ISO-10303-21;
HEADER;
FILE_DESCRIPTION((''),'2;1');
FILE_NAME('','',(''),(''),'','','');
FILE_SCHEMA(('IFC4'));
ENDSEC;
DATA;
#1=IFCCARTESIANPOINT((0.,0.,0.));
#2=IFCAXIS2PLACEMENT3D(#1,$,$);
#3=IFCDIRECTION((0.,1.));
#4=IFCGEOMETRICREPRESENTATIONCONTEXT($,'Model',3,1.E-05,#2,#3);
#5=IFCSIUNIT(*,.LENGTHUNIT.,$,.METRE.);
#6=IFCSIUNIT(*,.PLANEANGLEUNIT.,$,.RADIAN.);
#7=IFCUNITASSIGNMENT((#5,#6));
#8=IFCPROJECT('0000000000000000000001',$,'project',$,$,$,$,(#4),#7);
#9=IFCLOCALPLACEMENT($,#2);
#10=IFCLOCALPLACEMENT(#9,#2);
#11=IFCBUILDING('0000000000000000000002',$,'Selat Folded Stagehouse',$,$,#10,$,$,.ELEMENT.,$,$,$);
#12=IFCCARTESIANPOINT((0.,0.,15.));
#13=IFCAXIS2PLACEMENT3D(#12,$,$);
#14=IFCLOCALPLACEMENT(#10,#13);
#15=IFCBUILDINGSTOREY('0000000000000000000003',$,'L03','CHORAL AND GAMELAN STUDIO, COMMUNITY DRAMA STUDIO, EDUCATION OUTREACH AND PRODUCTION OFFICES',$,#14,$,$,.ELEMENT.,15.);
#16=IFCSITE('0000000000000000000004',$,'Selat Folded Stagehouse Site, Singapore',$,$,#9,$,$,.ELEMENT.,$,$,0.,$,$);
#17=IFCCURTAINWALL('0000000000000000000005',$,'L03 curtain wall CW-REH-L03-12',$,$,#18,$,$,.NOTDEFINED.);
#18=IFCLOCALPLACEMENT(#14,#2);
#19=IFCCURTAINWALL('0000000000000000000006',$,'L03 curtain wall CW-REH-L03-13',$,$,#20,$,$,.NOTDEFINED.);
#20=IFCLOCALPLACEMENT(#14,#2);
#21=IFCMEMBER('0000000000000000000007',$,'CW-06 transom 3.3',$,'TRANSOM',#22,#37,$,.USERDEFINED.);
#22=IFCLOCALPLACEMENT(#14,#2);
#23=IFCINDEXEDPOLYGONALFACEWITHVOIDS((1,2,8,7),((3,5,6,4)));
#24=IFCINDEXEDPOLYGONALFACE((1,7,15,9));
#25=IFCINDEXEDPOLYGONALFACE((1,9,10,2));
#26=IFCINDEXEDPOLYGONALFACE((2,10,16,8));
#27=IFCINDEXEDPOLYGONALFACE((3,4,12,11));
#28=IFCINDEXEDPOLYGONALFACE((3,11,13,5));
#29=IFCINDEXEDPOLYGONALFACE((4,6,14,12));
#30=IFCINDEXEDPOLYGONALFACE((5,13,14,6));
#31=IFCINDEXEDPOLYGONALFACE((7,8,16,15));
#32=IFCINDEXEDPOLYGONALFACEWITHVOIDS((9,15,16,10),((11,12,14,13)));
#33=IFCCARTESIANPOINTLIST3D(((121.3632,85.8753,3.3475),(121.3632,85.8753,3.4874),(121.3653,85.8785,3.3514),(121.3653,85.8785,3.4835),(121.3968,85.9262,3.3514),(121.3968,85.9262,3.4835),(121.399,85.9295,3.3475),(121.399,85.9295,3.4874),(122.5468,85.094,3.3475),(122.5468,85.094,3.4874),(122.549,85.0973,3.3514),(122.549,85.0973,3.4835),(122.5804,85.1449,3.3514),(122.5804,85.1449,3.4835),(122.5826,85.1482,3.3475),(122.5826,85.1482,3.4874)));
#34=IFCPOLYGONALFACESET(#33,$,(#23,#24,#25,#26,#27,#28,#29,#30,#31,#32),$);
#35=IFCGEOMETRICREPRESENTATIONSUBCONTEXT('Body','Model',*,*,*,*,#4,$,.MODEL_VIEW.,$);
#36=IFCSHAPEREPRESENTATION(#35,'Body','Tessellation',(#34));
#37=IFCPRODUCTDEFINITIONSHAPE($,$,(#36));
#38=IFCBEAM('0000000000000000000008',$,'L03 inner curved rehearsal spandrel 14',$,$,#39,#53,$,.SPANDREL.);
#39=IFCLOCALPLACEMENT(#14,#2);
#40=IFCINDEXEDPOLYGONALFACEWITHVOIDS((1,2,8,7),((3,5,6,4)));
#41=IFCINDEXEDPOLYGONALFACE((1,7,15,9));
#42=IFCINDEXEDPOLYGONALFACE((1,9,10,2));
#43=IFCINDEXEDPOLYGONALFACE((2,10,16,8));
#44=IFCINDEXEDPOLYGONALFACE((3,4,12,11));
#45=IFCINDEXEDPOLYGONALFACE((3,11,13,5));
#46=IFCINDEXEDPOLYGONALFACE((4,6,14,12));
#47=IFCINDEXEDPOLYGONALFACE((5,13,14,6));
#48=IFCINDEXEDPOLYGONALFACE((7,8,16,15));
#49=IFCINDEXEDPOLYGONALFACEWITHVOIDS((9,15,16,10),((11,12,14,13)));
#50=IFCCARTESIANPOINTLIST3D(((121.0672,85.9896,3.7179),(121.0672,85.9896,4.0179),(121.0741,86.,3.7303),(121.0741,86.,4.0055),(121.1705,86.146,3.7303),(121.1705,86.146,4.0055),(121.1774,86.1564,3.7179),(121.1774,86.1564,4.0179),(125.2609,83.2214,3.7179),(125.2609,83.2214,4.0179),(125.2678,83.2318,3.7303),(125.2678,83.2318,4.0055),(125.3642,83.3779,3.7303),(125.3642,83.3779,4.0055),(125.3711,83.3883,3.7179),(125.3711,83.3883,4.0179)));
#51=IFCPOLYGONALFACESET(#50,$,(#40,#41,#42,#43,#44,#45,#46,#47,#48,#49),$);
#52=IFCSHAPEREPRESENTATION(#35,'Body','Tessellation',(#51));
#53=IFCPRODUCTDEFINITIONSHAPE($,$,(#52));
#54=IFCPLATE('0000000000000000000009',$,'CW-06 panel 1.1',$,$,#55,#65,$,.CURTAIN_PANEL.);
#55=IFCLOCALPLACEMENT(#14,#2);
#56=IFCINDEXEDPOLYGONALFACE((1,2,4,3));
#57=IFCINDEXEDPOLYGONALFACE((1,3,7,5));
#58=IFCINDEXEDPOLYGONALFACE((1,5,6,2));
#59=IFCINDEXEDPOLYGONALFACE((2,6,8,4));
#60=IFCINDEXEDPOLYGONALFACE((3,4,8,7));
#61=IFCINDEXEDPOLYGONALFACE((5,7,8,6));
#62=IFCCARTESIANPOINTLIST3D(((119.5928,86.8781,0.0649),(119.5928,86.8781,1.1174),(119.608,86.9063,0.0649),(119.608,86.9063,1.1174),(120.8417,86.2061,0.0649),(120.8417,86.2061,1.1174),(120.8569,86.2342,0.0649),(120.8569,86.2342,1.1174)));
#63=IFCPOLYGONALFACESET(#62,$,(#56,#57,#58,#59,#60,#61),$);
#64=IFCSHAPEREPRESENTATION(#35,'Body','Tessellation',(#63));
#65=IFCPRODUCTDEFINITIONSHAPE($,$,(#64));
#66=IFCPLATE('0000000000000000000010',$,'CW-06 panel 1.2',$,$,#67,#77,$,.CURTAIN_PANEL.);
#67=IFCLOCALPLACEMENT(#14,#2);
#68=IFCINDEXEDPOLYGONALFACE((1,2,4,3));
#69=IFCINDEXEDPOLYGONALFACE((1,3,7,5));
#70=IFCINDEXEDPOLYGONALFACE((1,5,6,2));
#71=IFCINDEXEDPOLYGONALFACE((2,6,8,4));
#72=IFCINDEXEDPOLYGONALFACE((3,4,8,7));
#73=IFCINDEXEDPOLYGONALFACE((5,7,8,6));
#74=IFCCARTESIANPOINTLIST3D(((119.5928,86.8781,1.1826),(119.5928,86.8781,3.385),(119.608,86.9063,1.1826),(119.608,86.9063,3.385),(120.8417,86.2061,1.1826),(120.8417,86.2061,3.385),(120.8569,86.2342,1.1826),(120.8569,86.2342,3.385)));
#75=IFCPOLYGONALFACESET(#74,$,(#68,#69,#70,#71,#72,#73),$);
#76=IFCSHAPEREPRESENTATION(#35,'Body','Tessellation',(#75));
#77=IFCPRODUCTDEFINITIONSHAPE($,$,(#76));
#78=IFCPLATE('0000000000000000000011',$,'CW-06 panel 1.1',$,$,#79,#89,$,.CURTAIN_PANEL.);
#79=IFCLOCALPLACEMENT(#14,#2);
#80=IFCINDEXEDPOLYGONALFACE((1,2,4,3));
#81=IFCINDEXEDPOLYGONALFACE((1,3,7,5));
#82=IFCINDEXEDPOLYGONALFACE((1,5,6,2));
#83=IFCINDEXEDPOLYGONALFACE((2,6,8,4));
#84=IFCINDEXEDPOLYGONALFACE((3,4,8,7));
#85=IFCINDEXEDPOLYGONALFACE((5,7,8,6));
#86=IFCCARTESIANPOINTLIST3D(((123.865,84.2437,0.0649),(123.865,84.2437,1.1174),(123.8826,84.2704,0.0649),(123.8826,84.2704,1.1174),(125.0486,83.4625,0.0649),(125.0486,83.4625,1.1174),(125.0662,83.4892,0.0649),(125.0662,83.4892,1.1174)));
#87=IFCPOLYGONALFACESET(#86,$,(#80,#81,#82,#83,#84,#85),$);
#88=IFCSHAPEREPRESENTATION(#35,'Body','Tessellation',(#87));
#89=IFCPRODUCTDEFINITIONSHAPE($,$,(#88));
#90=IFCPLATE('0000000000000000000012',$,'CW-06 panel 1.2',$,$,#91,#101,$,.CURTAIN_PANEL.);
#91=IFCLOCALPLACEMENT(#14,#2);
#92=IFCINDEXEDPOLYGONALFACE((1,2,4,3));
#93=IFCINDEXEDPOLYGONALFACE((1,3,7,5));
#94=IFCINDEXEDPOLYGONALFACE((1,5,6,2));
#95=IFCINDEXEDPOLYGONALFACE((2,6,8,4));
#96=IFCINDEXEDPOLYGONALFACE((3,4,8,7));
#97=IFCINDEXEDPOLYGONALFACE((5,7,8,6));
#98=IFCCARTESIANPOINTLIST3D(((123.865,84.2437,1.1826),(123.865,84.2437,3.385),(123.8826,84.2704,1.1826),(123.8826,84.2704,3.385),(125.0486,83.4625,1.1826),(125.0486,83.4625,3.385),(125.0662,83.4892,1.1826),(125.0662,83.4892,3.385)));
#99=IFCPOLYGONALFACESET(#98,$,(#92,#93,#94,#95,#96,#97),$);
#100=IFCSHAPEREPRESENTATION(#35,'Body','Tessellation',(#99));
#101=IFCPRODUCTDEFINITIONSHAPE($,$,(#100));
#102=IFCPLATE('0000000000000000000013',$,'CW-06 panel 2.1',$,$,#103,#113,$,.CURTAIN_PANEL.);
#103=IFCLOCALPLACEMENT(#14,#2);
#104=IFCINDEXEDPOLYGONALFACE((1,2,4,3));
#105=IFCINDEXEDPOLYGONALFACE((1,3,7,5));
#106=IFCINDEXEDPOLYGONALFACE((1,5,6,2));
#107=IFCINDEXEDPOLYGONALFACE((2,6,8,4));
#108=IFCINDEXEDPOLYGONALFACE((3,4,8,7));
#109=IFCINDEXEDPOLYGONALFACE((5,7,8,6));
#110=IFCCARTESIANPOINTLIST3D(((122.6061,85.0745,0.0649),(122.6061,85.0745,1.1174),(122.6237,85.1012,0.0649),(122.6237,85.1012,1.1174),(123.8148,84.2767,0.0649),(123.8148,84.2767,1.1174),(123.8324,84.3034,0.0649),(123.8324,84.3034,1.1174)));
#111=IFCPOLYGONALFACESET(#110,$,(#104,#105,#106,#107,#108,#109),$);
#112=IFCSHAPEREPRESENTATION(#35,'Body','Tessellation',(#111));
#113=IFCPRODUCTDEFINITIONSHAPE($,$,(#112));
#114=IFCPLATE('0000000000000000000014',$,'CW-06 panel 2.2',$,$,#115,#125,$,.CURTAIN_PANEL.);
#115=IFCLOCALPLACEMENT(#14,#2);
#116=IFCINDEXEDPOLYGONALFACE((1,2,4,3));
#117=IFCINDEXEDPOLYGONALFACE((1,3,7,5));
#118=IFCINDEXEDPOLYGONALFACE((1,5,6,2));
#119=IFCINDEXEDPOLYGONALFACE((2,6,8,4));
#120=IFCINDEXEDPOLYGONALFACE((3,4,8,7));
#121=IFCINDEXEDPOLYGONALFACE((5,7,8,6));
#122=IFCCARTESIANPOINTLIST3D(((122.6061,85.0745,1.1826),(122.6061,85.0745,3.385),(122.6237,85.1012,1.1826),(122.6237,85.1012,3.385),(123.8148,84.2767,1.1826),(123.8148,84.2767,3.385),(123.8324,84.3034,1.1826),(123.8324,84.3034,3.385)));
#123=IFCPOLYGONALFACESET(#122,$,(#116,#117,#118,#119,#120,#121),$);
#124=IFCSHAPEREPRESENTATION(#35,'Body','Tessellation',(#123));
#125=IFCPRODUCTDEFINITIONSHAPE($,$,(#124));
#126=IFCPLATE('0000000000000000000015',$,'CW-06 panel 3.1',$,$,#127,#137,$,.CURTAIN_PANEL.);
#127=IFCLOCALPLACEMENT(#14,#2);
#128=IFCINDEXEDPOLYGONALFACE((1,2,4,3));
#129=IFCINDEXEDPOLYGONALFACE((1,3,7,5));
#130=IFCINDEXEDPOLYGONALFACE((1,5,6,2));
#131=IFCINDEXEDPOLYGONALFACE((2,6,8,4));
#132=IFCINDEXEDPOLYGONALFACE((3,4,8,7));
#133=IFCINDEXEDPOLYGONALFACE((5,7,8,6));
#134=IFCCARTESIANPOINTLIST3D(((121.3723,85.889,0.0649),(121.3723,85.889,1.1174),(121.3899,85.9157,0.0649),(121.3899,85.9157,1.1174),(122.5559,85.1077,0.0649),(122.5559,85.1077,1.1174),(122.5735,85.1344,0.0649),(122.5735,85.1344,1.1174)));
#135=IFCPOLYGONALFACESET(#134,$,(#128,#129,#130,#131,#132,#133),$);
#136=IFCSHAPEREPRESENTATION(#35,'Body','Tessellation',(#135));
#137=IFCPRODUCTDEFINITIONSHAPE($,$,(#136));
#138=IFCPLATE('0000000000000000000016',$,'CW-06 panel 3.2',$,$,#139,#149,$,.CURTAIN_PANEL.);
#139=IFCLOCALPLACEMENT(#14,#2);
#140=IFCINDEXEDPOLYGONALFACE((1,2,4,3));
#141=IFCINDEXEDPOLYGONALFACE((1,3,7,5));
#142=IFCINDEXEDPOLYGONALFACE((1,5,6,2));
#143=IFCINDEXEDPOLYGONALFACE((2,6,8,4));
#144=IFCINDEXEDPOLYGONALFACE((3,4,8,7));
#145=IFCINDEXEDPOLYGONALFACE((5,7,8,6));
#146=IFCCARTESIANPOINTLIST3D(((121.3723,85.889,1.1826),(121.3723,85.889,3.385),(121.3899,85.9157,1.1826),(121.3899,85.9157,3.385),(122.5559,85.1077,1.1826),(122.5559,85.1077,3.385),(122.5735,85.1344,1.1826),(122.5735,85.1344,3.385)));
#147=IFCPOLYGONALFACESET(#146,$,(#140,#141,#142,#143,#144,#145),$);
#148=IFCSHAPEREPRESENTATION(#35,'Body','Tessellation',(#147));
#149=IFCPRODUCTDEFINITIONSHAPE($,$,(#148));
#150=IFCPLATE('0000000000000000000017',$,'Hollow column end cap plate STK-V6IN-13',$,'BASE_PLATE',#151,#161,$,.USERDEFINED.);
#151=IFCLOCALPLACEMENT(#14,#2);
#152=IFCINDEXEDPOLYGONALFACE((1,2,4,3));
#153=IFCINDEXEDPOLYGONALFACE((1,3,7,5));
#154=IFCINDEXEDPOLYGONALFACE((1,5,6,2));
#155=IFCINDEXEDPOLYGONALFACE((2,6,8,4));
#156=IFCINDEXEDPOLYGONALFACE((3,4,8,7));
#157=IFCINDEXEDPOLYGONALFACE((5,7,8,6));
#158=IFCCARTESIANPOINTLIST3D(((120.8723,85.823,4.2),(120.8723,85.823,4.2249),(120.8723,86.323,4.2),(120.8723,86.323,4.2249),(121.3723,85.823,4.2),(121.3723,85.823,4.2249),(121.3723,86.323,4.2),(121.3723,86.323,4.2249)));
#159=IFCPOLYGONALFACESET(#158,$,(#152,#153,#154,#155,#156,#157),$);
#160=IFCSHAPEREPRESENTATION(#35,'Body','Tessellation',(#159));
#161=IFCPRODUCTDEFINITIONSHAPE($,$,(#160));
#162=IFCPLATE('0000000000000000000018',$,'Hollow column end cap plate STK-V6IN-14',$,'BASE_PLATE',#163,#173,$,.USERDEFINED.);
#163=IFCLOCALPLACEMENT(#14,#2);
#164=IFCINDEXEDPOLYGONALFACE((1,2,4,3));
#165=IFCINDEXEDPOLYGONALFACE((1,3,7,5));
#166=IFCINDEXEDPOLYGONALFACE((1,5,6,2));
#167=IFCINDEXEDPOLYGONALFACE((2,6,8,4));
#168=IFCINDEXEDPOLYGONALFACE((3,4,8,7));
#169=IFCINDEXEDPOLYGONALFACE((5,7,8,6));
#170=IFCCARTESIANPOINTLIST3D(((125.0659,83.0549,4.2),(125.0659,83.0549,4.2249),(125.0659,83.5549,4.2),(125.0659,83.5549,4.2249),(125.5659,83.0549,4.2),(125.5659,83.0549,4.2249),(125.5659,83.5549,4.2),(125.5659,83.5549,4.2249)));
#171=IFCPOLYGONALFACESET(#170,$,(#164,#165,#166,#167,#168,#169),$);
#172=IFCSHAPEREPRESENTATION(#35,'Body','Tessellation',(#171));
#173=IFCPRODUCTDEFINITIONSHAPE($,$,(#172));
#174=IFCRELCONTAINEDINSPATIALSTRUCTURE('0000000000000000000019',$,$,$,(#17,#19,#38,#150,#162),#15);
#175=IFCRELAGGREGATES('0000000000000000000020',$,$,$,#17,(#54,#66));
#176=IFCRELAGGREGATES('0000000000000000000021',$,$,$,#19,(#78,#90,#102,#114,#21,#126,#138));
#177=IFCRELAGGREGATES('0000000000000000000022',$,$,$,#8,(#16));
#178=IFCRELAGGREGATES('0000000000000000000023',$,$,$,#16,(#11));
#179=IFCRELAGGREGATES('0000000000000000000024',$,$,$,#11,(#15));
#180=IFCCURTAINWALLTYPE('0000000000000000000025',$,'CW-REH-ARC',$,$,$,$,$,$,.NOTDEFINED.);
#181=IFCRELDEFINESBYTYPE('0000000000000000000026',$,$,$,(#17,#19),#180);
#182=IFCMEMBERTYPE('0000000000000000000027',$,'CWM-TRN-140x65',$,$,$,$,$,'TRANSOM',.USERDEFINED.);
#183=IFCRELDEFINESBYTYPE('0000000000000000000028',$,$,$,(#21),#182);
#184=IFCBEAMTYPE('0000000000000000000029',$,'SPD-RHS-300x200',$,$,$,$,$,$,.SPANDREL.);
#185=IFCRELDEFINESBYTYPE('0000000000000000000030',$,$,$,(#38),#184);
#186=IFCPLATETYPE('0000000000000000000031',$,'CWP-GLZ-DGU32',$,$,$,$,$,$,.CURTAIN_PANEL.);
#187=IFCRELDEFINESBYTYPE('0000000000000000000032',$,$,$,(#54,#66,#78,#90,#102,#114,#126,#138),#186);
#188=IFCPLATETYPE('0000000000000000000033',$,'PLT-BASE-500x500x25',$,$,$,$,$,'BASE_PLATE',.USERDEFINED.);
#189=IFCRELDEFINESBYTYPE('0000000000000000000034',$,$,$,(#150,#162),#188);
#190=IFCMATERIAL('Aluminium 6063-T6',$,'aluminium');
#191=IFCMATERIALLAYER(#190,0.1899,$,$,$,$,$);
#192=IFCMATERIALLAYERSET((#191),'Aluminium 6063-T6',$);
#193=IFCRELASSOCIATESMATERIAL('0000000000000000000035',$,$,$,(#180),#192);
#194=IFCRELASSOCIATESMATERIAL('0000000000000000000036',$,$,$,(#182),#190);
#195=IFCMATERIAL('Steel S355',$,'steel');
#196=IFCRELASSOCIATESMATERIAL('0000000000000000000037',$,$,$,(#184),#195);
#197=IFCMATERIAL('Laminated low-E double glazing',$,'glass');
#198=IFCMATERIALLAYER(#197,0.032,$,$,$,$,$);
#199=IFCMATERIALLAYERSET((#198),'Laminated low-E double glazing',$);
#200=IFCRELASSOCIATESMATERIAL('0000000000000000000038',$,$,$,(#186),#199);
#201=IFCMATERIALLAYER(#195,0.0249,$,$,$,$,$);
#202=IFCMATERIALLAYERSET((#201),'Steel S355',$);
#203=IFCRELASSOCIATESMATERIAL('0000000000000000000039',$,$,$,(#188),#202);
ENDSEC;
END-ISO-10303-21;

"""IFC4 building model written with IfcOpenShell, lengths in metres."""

from ifc_helpers import new_model, si_unit, direction, frame, origin, origin_2d, place, context, subcontext, project, spatial, rectangle, hollow_rectangle, extrude, material, layer, layer_set, material_profile, profile_set, type_object, element, aggregate, save


model = new_model("IFC4")

# Units and contexts
model_context = context("Model", 3, precision=1e-05, world=origin(), true_north=direction((0.0, 1.0)))
body_context = subcontext(model_context, "Body", "Model", "MODEL_VIEW")
ifc_project = project(units=[si_unit("LENGTHUNIT", "METRE"), si_unit("PLANEANGLEUNIT", "RADIAN")], contexts=[model_context])

# Site, building, storey
site_placement = place(None, origin())
site = spatial("IfcSite", under=ifc_project, at=site_placement, Name="Selat Folded Stagehouse Site, Singapore", CompositionType="ELEMENT", RefElevation=0.0)
building_placement = place(site_placement, origin())
building = spatial("IfcBuilding", under=site, at=building_placement, Name="Selat Folded Stagehouse", CompositionType="ELEMENT")
storey_placement = place(building_placement, frame((0.0, 0.0, 15.0)))
storey = spatial("IfcBuildingStorey", under=building, at=storey_placement, Name="L03", Description="CHORAL AND GAMELAN STUDIO, COMMUNITY DRAMA STUDIO, EDUCATION OUTREACH AND PRODUCTION OFFICES", CompositionType="ELEMENT", Elevation=15.0)

# Shared definitions
ifc_material_1 = material(Name="Steel S355", Category="steel")

# Curtain walls
ifc_material_2 = material(Name="Aluminium 6063-T6", Category="aluminium")
ifc_layer_1 = layer(ifc_material_2, 0.1899)
ifc_layer_set_1 = layer_set([ifc_layer_1], Name="Aluminium 6063-T6")
curtain_wall_type = type_object("IfcCurtainWallType", Name="CW-REH-ARC", PredefinedType="NOTDEFINED", material=ifc_layer_set_1)
curtain_wall_1_placement = place(storey_placement, origin())
curtain_wall_1 = element("IfcCurtainWall", 1, at=curtain_wall_1_placement, inside=storey, type_object=curtain_wall_type, Name="L03 curtain wall CW-REH-L03-12", PredefinedType="NOTDEFINED")
curtain_wall_2_placement = place(storey_placement, origin())
curtain_wall_2 = element("IfcCurtainWall", 2, at=curtain_wall_2_placement, inside=storey, type_object=curtain_wall_type, Name="L03 curtain wall CW-REH-L03-13", PredefinedType="NOTDEFINED")

# Member
ifc_material_profile_1 = material_profile(ifc_material_2, hollow_rectangle(XDim=0.0649, YDim=0.1399, WallThickness=0.0039, at=origin_2d()), Name="ALU 140x65x4.0")
ifc_profile_set_1 = profile_set([ifc_material_profile_1], Name="Aluminium 6063-T6")
member_type_1 = type_object("IfcMemberType", Name="CWM-TRN-140x65", ElementType="TRANSOM", PredefinedType="USERDEFINED", material=ifc_profile_set_1)
member_1_placement = place(storey_placement, frame((122.5647, 85.1211, 3.4175), z_axis=(-0.834584, 0.550881, 0.0), x_axis=(-0.550881, -0.834584, 0.0)))
member_1 = element("IfcMember", 3, at=member_1_placement, type_object=member_type_1, Name="CW-06 transom 3.3", ObjectType="TRANSOM", PredefinedType="USERDEFINED", context=body_context, shape_type="SweptSolid", body=[
    extrude(hollow_rectangle(XDim=0.0649, YDim=0.1399, WallThickness=0.0039, at=origin_2d()), origin(), (0.0, 0.0, 1.0), 1.4182),
])

# Beam
ifc_material_profile_2 = material_profile(ifc_material_1, hollow_rectangle(XDim=0.2, YDim=0.3, WallThickness=0.0125, at=origin_2d()), Name="RHS 300x200x12.5")
ifc_profile_set_2 = profile_set([ifc_material_profile_2], Name="Steel S355")
beam_type_1 = type_object("IfcBeamType", Name="SPD-RHS-300x200", PredefinedType="SPANDREL", material=ifc_profile_set_2)
beam_placement = place(storey_placement, frame((121.1223, 86.073, 3.8679), z_axis=(0.834583, -0.550882, 0.0), x_axis=(0.550882, 0.834583, 0.0)))
element("IfcBeam", 4, at=beam_placement, inside=storey, type_object=beam_type_1, Name="L03 inner curved rehearsal spandrel 14", PredefinedType="SPANDREL", context=body_context, shape_type="SweptSolid", body=[
    extrude(hollow_rectangle(XDim=0.2, YDim=0.3, WallThickness=0.0125, at=origin_2d()), origin(), (0.0, 0.0, 1.0), 5.0249),
])

# Plates
ifc_material_3 = material(Name="Laminated low-E double glazing", Category="glass")
ifc_layer_2 = layer(ifc_material_3, 0.032)
ifc_layer_set_2 = layer_set([ifc_layer_2], Name="Laminated low-E double glazing")
plate_type_1 = type_object("IfcPlateType", Name="CWP-GLZ-DGU32", PredefinedType="CURTAIN_PANEL", material=ifc_layer_set_2)
plate_1_placement = place(storey_placement, frame((120.2249, 86.5562, 0.0649), z_axis=(0.0, 0.0, 1.0), x_axis=(-0.880601, 0.473859, 0.0)))
plate_1 = element("IfcPlate", 5, at=plate_1_placement, type_object=plate_type_1, Name="CW-06 panel 1.1", PredefinedType="CURTAIN_PANEL", context=body_context, shape_type="SweptSolid", body=[
    extrude(rectangle(XDim=1.4182, YDim=0.032, at=origin_2d()), origin(), (0.0, 0.0, 1.0), 1.0525),
])
plate_2_placement = place(storey_placement, frame((120.2249, 86.5562, 1.1826), z_axis=(0.0, 0.0, 1.0), x_axis=(-0.880601, 0.473859, 0.0)))
plate_2 = element("IfcPlate", 6, at=plate_2_placement, type_object=plate_type_1, Name="CW-06 panel 1.2", PredefinedType="CURTAIN_PANEL", context=body_context, shape_type="SweptSolid", body=[
    extrude(rectangle(XDim=1.4182, YDim=0.032, at=origin_2d()), origin(), (0.0, 0.0, 1.0), 2.2024),
])
aggregate(curtain_wall_1, [plate_1, plate_2])
plate_3_placement = place(storey_placement, frame((124.4656, 83.8665, 0.0649), z_axis=(0.0, 0.0, 1.0), x_axis=(-0.834581, 0.550885, 0.0)))
plate_3 = element("IfcPlate", 7, at=plate_3_placement, type_object=plate_type_1, Name="CW-06 panel 1.1", PredefinedType="CURTAIN_PANEL", context=body_context, shape_type="SweptSolid", body=[
    extrude(rectangle(XDim=1.4182, YDim=0.032, at=origin_2d()), origin(), (0.0, 0.0, 1.0), 1.0525),
])
plate_4_placement = place(storey_placement, frame((124.4656, 83.8665, 1.1826), z_axis=(0.0, 0.0, 1.0), x_axis=(-0.834581, 0.550885, 0.0)))
plate_4 = element("IfcPlate", 8, at=plate_4_placement, type_object=plate_type_1, Name="CW-06 panel 1.2", PredefinedType="CURTAIN_PANEL", context=body_context, shape_type="SweptSolid", body=[
    extrude(rectangle(XDim=1.4182, YDim=0.032, at=origin_2d()), origin(), (0.0, 0.0, 1.0), 2.2024),
])
plate_5_placement = place(storey_placement, frame((123.2192, 84.689, 0.0649), z_axis=(0.0, 0.0, 1.0), x_axis=(-0.834581, 0.550885, 0.0)))
plate_5 = element("IfcPlate", 9, at=plate_5_placement, type_object=plate_type_1, Name="CW-06 panel 2.1", PredefinedType="CURTAIN_PANEL", context=body_context, shape_type="SweptSolid", body=[
    extrude(rectangle(XDim=1.4482, YDim=0.032, at=origin_2d()), origin(), (0.0, 0.0, 1.0), 1.0525),
])
plate_6_placement = place(storey_placement, frame((123.2192, 84.689, 1.1826), z_axis=(0.0, 0.0, 1.0), x_axis=(-0.834581, 0.550885, 0.0)))
plate_6 = element("IfcPlate", 10, at=plate_6_placement, type_object=plate_type_1, Name="CW-06 panel 2.2", PredefinedType="CURTAIN_PANEL", context=body_context, shape_type="SweptSolid", body=[
    extrude(rectangle(XDim=1.4482, YDim=0.032, at=origin_2d()), origin(), (0.0, 0.0, 1.0), 2.2024),
])
plate_7_placement = place(storey_placement, frame((121.9729, 85.5117, 0.0649), z_axis=(0.0, 0.0, 1.0), x_axis=(-0.834581, 0.550885, 0.0)))
plate_7 = element("IfcPlate", 11, at=plate_7_placement, type_object=plate_type_1, Name="CW-06 panel 3.1", PredefinedType="CURTAIN_PANEL", context=body_context, shape_type="SweptSolid", body=[
    extrude(rectangle(XDim=1.4182, YDim=0.032, at=origin_2d()), origin(), (0.0, 0.0, 1.0), 1.0525),
])
plate_8_placement = place(storey_placement, frame((121.9729, 85.5117, 1.1826), z_axis=(0.0, 0.0, 1.0), x_axis=(-0.834581, 0.550885, 0.0)))
plate_8 = element("IfcPlate", 12, at=plate_8_placement, type_object=plate_type_1, Name="CW-06 panel 3.2", PredefinedType="CURTAIN_PANEL", context=body_context, shape_type="SweptSolid", body=[
    extrude(rectangle(XDim=1.4182, YDim=0.032, at=origin_2d()), origin(), (0.0, 0.0, 1.0), 2.2024),
])
aggregate(curtain_wall_2, [plate_3, plate_4, plate_5, plate_6, member_1, plate_7, plate_8])

# Plates
ifc_layer_3 = layer(ifc_material_1, 0.0249)
ifc_layer_set_3 = layer_set([ifc_layer_3], Name="Steel S355")
plate_type_2 = type_object("IfcPlateType", Name="PLT-BASE-500x500x25", ElementType="BASE_PLATE", PredefinedType="USERDEFINED", material=ifc_layer_set_3)
for number, where, z_axis, x_axis, name in (
    (13, (121.1223, 86.073, 4.2), (0.0, 0.0, 1.0), (1.0, 0.0, 0.0), "Hollow column end cap plate STK-V6IN-13"),
    (14, (125.3159, 83.3049, 4.2), (0.0, 0.0, 1.0), (1.0, 0.0, 0.0), "Hollow column end cap plate STK-V6IN-14"),
):
    element("IfcPlate", number, at=place(storey_placement, frame(where, z_axis=z_axis, x_axis=x_axis)), inside=storey, type_object=plate_type_2, Name=name, ObjectType="BASE_PLATE", PredefinedType="USERDEFINED", context=body_context, shape_type="SweptSolid", body=[
        extrude(rectangle(XDim=0.5, YDim=0.5, at=origin_2d()), origin(), (0.0, 0.0, 1.0), 0.0249),
    ])

save(model, "model.ifc")
